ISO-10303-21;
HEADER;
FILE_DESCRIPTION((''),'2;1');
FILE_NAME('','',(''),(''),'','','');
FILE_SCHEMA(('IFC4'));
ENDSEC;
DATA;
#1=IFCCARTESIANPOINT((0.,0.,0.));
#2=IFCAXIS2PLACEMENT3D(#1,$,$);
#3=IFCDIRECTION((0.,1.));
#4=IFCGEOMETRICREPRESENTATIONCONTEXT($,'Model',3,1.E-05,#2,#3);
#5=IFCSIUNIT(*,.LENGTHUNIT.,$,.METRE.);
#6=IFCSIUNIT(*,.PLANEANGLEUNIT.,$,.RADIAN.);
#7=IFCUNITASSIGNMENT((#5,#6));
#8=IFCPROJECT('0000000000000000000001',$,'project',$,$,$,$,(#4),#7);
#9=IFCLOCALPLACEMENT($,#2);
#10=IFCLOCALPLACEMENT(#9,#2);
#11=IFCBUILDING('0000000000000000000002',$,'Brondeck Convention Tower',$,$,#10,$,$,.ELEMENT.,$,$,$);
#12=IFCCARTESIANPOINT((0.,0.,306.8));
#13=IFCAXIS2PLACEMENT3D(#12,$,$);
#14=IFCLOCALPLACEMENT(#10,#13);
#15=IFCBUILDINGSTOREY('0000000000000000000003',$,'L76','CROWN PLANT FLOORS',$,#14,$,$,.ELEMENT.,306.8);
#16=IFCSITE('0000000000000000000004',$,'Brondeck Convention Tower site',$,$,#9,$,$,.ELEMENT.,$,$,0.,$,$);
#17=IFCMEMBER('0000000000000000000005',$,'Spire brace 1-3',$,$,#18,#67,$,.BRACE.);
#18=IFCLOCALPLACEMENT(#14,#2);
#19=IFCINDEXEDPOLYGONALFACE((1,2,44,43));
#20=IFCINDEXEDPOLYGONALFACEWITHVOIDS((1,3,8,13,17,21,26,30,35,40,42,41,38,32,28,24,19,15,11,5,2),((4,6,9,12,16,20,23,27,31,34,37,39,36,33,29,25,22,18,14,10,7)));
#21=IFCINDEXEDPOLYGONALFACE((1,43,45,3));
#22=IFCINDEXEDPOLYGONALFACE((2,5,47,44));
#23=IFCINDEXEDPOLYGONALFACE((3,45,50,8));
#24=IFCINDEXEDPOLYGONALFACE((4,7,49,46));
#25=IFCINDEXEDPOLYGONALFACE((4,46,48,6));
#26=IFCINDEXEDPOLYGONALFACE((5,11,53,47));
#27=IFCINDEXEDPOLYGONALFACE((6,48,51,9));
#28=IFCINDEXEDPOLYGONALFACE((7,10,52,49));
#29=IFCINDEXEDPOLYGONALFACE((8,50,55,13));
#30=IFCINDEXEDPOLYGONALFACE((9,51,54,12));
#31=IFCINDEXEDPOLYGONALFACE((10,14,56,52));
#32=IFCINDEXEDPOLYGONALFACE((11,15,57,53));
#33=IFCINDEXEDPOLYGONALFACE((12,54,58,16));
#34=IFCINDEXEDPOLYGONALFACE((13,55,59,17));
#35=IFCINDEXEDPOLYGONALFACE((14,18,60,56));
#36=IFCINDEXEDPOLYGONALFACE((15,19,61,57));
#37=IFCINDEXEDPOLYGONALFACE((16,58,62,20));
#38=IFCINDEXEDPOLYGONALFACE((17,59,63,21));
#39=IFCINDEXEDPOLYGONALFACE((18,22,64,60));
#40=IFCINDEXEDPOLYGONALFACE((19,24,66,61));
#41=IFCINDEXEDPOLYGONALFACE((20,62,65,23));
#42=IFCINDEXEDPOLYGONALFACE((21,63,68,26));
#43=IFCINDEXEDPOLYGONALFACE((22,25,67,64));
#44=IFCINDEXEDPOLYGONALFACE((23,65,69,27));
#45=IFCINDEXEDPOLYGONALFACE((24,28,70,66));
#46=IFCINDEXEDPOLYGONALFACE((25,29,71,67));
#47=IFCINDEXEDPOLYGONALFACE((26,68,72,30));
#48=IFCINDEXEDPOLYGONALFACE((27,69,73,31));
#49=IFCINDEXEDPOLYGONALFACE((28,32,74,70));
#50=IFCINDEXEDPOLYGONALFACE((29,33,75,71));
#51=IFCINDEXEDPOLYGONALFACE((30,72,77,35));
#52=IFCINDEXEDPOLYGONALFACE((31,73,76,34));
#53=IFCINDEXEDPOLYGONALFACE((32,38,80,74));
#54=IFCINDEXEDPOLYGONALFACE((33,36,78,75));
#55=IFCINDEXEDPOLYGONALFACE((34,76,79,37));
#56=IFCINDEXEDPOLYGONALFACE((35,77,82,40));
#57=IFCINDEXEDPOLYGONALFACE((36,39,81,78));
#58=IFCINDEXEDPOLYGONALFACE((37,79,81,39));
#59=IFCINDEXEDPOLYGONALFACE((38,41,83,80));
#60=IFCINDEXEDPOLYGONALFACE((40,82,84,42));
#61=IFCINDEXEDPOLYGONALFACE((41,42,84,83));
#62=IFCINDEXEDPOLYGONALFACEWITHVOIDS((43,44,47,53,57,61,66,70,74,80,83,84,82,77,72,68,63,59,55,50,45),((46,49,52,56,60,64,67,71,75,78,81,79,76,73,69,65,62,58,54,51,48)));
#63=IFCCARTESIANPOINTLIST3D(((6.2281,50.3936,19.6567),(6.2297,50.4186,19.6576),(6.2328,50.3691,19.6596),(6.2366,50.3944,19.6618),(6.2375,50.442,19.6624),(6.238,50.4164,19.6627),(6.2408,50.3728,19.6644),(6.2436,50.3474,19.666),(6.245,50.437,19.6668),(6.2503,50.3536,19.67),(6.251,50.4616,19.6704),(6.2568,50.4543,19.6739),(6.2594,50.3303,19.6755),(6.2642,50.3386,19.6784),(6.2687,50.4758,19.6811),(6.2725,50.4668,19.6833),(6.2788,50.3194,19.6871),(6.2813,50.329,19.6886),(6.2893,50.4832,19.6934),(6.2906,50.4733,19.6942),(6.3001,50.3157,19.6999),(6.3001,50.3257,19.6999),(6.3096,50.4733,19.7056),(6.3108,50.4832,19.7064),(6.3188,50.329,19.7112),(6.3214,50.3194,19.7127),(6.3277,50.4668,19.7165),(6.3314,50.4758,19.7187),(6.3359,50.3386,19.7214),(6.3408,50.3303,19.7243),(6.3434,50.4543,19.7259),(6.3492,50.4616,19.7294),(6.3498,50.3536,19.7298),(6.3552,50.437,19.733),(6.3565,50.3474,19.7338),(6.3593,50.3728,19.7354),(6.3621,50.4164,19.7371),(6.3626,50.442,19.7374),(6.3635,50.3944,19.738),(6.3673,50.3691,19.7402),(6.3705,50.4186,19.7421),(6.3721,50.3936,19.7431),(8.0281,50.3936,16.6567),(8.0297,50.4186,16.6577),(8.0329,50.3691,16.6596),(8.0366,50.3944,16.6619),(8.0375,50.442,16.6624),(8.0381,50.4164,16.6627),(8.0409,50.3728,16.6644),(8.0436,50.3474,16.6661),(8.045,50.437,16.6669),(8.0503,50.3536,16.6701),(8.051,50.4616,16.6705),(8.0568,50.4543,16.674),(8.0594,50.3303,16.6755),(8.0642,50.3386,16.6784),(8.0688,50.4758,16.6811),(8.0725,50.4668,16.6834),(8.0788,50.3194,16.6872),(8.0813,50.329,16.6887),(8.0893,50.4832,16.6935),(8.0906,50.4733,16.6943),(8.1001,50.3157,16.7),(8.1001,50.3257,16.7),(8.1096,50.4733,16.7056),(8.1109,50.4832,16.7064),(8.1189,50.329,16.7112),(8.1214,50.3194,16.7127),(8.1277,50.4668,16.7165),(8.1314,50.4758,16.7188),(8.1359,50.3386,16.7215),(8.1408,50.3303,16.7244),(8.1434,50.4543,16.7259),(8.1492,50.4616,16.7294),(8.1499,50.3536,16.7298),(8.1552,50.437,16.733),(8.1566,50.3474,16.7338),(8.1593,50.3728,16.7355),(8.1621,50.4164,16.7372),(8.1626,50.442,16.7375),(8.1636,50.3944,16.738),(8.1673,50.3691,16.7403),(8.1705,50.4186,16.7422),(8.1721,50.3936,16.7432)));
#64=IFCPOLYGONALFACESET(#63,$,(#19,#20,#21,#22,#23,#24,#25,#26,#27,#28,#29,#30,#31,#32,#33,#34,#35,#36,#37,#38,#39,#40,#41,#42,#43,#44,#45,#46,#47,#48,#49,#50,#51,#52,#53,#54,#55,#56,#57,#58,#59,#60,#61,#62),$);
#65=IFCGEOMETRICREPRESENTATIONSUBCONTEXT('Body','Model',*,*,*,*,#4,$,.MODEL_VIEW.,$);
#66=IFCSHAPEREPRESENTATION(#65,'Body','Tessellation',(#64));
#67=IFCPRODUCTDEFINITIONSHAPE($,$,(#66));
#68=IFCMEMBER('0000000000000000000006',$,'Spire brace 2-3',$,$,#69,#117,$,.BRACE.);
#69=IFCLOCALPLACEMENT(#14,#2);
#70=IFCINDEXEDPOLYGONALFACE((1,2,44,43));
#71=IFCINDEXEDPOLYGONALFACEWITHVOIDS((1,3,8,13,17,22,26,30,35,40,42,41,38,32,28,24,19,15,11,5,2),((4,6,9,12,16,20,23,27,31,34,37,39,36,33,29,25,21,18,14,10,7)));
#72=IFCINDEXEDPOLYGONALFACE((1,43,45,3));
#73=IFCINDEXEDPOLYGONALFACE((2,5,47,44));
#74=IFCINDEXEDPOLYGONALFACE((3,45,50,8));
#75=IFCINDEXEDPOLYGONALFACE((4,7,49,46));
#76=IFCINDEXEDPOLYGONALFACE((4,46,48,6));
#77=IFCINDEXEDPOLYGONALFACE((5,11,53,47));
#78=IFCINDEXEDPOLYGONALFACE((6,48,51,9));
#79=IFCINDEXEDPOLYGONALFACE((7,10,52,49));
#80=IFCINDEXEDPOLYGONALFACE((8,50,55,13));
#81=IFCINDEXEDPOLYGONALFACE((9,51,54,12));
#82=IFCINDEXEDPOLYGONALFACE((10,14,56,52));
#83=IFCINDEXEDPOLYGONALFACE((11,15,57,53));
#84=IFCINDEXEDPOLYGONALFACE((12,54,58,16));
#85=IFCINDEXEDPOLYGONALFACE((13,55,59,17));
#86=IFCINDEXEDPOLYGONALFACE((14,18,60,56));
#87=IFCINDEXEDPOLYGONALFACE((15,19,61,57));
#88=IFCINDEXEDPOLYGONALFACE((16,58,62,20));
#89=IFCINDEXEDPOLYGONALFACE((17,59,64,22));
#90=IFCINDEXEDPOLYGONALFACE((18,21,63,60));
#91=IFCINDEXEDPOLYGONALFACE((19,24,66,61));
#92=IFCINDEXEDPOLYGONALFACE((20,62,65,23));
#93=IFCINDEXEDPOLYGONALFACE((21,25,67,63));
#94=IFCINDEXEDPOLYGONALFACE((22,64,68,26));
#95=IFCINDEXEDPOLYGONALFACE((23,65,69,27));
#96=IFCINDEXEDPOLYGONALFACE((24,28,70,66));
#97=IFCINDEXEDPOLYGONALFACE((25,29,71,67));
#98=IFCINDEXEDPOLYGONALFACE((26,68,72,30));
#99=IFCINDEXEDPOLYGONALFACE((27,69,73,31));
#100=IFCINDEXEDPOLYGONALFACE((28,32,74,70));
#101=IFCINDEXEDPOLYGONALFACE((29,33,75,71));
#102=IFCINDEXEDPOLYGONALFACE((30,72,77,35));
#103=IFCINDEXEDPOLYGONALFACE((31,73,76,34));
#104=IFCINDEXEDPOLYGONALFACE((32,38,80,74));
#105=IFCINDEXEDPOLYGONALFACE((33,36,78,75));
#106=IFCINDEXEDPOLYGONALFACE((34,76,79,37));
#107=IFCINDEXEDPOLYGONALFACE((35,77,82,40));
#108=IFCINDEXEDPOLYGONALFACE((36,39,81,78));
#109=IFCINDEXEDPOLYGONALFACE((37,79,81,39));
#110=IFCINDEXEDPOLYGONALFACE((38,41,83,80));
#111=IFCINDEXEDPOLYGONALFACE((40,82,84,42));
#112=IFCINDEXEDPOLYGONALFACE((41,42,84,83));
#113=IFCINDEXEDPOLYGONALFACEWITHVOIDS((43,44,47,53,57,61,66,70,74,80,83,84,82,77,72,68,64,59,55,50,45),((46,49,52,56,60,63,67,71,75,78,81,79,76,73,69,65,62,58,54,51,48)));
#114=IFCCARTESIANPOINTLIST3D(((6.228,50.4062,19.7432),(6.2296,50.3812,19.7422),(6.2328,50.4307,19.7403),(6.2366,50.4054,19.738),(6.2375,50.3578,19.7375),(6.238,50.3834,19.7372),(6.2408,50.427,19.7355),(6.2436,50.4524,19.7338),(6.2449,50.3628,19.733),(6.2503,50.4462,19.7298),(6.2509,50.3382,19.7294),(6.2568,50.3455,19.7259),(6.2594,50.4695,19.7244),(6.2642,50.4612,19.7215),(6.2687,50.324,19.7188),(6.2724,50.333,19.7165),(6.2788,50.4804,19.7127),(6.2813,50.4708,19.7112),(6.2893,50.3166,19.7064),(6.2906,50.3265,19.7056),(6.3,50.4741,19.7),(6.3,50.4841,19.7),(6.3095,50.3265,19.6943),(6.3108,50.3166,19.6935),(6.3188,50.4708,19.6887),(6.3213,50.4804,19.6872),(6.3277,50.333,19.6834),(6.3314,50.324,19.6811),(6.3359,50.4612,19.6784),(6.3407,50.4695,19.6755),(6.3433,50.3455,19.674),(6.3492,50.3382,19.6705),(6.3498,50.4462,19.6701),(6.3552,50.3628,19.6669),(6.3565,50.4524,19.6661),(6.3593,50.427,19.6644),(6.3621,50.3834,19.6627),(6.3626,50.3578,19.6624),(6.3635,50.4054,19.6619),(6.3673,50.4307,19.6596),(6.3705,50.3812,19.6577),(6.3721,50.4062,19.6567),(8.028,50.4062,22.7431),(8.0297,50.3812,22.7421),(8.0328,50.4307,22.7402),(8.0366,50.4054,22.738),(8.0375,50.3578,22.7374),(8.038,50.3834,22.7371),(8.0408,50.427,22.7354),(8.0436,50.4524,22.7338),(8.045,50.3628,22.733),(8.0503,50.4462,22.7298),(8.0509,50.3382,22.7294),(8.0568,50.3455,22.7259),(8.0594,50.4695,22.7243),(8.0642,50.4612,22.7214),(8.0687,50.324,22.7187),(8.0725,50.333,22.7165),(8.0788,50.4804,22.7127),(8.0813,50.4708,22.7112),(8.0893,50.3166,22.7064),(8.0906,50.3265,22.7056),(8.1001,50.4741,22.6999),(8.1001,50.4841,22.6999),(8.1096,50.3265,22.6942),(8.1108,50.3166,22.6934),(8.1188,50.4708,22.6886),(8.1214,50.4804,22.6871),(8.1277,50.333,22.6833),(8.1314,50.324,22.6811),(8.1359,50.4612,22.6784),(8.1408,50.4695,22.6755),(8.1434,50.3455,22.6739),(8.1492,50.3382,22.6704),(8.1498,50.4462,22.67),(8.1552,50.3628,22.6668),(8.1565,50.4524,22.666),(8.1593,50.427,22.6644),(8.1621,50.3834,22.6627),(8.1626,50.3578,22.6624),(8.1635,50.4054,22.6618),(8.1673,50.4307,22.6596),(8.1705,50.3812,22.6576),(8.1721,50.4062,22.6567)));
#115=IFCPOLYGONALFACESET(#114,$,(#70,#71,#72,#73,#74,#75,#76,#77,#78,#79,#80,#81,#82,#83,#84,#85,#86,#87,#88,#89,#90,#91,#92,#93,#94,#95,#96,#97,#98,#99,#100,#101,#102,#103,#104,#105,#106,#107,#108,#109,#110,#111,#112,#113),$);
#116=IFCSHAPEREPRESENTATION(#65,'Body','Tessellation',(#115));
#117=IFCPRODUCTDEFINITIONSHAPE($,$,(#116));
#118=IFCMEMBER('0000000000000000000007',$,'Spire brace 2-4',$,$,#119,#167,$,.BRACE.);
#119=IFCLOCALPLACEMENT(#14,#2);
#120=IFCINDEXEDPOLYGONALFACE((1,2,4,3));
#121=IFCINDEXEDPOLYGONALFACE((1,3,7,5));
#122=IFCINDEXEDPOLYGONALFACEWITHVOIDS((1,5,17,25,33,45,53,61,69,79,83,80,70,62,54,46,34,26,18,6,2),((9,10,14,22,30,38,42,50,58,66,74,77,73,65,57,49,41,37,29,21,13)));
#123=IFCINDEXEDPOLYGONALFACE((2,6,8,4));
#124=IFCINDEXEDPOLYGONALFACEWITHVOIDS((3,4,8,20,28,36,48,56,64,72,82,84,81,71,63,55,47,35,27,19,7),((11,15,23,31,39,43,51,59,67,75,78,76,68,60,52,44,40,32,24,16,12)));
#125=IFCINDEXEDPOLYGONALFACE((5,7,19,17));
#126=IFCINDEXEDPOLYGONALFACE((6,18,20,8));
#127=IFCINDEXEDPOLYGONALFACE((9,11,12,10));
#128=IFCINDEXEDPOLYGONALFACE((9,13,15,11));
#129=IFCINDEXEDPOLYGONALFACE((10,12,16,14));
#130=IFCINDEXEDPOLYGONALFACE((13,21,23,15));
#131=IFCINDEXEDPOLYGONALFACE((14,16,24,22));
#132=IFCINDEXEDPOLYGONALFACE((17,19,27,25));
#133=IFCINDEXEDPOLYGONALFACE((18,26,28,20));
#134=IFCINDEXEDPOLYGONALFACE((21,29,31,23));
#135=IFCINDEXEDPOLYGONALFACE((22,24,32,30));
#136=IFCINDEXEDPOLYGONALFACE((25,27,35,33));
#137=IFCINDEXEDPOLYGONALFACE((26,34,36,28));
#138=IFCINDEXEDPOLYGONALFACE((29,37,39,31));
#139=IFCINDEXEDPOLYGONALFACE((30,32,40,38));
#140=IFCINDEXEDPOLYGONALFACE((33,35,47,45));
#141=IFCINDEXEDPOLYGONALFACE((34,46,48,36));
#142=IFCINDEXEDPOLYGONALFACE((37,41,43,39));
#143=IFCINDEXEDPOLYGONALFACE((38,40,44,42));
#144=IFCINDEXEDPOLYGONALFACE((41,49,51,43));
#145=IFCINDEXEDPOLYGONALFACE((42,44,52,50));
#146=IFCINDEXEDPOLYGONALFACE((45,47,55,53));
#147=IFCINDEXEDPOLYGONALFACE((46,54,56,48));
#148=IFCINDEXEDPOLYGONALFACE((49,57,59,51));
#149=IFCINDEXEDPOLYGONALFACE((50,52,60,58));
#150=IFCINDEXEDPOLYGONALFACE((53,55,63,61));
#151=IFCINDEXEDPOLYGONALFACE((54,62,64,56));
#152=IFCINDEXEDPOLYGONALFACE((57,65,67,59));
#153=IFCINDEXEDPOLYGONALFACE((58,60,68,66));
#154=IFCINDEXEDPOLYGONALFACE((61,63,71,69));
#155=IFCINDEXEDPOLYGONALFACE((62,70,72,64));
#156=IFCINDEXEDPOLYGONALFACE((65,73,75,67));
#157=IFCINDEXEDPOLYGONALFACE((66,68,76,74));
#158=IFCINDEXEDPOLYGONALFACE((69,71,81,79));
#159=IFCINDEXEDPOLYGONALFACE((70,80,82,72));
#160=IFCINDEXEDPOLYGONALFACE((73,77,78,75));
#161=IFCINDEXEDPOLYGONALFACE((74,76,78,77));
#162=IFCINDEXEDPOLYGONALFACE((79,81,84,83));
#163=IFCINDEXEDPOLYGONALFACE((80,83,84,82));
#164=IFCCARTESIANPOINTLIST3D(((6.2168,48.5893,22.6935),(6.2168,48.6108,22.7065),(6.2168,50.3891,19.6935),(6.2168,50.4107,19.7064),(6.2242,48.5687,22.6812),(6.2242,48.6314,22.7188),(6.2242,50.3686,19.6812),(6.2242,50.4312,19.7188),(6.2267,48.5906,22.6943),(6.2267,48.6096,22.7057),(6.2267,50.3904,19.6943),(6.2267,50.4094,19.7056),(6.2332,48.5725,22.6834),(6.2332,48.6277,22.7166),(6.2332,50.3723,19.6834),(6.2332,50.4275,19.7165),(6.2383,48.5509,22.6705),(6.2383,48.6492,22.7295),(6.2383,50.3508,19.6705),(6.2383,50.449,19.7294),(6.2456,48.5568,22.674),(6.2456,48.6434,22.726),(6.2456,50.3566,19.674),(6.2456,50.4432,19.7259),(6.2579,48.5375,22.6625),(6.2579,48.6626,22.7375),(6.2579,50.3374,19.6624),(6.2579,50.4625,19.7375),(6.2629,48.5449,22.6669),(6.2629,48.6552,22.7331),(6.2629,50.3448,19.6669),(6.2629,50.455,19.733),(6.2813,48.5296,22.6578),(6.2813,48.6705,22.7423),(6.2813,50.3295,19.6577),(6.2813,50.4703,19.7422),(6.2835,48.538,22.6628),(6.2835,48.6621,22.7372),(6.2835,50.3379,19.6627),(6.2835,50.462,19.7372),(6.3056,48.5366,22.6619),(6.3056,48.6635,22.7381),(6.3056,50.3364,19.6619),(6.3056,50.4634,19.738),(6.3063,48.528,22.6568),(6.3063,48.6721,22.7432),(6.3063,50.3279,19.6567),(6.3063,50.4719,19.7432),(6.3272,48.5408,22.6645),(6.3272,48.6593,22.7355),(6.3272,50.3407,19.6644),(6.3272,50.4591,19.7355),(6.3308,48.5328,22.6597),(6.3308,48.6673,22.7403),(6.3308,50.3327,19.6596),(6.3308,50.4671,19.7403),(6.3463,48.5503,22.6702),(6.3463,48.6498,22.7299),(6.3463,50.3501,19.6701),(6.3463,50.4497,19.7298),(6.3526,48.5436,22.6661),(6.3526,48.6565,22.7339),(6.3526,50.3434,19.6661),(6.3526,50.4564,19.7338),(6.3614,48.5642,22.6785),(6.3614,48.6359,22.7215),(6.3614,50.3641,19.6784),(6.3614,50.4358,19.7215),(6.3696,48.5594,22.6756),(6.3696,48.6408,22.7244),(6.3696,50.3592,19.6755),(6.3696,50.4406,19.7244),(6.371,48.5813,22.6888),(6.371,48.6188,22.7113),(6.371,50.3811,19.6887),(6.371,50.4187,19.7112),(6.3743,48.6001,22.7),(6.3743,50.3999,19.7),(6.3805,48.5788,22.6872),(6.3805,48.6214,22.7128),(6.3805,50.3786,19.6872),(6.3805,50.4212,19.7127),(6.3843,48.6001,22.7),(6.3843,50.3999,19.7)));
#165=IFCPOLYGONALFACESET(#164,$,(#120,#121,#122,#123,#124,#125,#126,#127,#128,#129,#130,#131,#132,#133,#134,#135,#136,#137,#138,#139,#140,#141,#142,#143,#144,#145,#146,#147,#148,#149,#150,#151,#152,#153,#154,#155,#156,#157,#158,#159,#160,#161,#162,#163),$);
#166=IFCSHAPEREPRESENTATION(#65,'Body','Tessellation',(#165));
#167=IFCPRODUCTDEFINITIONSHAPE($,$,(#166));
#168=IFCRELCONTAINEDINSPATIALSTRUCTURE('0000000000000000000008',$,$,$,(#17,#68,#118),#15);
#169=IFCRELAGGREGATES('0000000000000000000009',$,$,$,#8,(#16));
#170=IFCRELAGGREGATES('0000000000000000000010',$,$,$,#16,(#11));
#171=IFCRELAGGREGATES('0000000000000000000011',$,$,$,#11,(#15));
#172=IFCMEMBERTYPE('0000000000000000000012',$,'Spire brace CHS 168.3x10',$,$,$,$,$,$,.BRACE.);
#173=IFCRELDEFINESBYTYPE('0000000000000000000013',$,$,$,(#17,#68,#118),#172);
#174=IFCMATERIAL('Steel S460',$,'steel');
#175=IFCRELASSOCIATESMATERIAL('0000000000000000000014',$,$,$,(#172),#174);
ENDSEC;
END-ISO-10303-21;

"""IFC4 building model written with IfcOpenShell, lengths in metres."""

from ifc_helpers import new_model, si_unit, direction, frame, origin, origin_2d, place, context, subcontext, project, spatial, hollow_circle, extrude, material, material_profile, profile_set, type_object, element, save


model = new_model("IFC4")

# Units and contexts
model_context = context("Model", 3, precision=1e-05, world=origin(), true_north=direction((0.0, 1.0)))
body_context = subcontext(model_context, "Body", "Model", "MODEL_VIEW")
ifc_project = project(units=[si_unit("LENGTHUNIT", "METRE"), si_unit("PLANEANGLEUNIT", "RADIAN")], contexts=[model_context])

# Site, building, storey
site_placement = place(None, origin())
site = spatial("IfcSite", under=ifc_project, at=site_placement, Name="Brondeck Convention Tower site", CompositionType="ELEMENT", RefElevation=0.0)
building_placement = place(site_placement, origin())
building = spatial("IfcBuilding", under=site, at=building_placement, Name="Brondeck Convention Tower", CompositionType="ELEMENT")
storey_placement = place(building_placement, frame((0.0, 0.0, 306.8)))
storey = spatial("IfcBuildingStorey", under=building, at=storey_placement, Name="L76", Description="CROWN PLANT FLOORS", CompositionType="ELEMENT", Elevation=306.8)

# Members
ifc_material_1 = material(Name="Steel S460", Category="steel")
ifc_material_profile_1 = material_profile(ifc_material_1, hollow_circle(Radius=0.0842, WallThickness=0.01, at=origin_2d()), Name="CHS 168.3x10")
ifc_profile_set_1 = profile_set([ifc_material_profile_1], Name="Steel S460")
member_type_1 = type_object("IfcMemberType", Name="Spire brace CHS 168.3x10", PredefinedType="BRACE", material=ifc_profile_set_1)
for number, where, z_axis, x_axis, name in (
    (1, (8.1001, 50.3999, 16.7), (-0.514506, 0.0, 0.857487), (0.0, -1.0, 0.0), "Spire brace 1-3"),
    (2, (6.3, 50.3999, 19.7), (0.514506, 0.0, 0.857487), (0.0, 1.0, 0.0), "Spire brace 2-3"),
    (3, (6.3, 50.3999, 19.7), (0.0, -0.514455, 0.857518), (1.0, 0.0, 0.0), "Spire brace 2-4"),
):
    element("IfcMember", number, at=place(storey_placement, frame(where, z_axis=z_axis, x_axis=x_axis)), inside=storey, type_object=member_type_1, Name=name, PredefinedType="BRACE", context=body_context, shape_type="SweptSolid", body=[
        extrude(hollow_circle(Radius=0.0842, WallThickness=0.01, at=origin_2d()), origin(), (0.0, 0.0, 1.0), 3.4985),
    ])

save(model, "model.ifc")
